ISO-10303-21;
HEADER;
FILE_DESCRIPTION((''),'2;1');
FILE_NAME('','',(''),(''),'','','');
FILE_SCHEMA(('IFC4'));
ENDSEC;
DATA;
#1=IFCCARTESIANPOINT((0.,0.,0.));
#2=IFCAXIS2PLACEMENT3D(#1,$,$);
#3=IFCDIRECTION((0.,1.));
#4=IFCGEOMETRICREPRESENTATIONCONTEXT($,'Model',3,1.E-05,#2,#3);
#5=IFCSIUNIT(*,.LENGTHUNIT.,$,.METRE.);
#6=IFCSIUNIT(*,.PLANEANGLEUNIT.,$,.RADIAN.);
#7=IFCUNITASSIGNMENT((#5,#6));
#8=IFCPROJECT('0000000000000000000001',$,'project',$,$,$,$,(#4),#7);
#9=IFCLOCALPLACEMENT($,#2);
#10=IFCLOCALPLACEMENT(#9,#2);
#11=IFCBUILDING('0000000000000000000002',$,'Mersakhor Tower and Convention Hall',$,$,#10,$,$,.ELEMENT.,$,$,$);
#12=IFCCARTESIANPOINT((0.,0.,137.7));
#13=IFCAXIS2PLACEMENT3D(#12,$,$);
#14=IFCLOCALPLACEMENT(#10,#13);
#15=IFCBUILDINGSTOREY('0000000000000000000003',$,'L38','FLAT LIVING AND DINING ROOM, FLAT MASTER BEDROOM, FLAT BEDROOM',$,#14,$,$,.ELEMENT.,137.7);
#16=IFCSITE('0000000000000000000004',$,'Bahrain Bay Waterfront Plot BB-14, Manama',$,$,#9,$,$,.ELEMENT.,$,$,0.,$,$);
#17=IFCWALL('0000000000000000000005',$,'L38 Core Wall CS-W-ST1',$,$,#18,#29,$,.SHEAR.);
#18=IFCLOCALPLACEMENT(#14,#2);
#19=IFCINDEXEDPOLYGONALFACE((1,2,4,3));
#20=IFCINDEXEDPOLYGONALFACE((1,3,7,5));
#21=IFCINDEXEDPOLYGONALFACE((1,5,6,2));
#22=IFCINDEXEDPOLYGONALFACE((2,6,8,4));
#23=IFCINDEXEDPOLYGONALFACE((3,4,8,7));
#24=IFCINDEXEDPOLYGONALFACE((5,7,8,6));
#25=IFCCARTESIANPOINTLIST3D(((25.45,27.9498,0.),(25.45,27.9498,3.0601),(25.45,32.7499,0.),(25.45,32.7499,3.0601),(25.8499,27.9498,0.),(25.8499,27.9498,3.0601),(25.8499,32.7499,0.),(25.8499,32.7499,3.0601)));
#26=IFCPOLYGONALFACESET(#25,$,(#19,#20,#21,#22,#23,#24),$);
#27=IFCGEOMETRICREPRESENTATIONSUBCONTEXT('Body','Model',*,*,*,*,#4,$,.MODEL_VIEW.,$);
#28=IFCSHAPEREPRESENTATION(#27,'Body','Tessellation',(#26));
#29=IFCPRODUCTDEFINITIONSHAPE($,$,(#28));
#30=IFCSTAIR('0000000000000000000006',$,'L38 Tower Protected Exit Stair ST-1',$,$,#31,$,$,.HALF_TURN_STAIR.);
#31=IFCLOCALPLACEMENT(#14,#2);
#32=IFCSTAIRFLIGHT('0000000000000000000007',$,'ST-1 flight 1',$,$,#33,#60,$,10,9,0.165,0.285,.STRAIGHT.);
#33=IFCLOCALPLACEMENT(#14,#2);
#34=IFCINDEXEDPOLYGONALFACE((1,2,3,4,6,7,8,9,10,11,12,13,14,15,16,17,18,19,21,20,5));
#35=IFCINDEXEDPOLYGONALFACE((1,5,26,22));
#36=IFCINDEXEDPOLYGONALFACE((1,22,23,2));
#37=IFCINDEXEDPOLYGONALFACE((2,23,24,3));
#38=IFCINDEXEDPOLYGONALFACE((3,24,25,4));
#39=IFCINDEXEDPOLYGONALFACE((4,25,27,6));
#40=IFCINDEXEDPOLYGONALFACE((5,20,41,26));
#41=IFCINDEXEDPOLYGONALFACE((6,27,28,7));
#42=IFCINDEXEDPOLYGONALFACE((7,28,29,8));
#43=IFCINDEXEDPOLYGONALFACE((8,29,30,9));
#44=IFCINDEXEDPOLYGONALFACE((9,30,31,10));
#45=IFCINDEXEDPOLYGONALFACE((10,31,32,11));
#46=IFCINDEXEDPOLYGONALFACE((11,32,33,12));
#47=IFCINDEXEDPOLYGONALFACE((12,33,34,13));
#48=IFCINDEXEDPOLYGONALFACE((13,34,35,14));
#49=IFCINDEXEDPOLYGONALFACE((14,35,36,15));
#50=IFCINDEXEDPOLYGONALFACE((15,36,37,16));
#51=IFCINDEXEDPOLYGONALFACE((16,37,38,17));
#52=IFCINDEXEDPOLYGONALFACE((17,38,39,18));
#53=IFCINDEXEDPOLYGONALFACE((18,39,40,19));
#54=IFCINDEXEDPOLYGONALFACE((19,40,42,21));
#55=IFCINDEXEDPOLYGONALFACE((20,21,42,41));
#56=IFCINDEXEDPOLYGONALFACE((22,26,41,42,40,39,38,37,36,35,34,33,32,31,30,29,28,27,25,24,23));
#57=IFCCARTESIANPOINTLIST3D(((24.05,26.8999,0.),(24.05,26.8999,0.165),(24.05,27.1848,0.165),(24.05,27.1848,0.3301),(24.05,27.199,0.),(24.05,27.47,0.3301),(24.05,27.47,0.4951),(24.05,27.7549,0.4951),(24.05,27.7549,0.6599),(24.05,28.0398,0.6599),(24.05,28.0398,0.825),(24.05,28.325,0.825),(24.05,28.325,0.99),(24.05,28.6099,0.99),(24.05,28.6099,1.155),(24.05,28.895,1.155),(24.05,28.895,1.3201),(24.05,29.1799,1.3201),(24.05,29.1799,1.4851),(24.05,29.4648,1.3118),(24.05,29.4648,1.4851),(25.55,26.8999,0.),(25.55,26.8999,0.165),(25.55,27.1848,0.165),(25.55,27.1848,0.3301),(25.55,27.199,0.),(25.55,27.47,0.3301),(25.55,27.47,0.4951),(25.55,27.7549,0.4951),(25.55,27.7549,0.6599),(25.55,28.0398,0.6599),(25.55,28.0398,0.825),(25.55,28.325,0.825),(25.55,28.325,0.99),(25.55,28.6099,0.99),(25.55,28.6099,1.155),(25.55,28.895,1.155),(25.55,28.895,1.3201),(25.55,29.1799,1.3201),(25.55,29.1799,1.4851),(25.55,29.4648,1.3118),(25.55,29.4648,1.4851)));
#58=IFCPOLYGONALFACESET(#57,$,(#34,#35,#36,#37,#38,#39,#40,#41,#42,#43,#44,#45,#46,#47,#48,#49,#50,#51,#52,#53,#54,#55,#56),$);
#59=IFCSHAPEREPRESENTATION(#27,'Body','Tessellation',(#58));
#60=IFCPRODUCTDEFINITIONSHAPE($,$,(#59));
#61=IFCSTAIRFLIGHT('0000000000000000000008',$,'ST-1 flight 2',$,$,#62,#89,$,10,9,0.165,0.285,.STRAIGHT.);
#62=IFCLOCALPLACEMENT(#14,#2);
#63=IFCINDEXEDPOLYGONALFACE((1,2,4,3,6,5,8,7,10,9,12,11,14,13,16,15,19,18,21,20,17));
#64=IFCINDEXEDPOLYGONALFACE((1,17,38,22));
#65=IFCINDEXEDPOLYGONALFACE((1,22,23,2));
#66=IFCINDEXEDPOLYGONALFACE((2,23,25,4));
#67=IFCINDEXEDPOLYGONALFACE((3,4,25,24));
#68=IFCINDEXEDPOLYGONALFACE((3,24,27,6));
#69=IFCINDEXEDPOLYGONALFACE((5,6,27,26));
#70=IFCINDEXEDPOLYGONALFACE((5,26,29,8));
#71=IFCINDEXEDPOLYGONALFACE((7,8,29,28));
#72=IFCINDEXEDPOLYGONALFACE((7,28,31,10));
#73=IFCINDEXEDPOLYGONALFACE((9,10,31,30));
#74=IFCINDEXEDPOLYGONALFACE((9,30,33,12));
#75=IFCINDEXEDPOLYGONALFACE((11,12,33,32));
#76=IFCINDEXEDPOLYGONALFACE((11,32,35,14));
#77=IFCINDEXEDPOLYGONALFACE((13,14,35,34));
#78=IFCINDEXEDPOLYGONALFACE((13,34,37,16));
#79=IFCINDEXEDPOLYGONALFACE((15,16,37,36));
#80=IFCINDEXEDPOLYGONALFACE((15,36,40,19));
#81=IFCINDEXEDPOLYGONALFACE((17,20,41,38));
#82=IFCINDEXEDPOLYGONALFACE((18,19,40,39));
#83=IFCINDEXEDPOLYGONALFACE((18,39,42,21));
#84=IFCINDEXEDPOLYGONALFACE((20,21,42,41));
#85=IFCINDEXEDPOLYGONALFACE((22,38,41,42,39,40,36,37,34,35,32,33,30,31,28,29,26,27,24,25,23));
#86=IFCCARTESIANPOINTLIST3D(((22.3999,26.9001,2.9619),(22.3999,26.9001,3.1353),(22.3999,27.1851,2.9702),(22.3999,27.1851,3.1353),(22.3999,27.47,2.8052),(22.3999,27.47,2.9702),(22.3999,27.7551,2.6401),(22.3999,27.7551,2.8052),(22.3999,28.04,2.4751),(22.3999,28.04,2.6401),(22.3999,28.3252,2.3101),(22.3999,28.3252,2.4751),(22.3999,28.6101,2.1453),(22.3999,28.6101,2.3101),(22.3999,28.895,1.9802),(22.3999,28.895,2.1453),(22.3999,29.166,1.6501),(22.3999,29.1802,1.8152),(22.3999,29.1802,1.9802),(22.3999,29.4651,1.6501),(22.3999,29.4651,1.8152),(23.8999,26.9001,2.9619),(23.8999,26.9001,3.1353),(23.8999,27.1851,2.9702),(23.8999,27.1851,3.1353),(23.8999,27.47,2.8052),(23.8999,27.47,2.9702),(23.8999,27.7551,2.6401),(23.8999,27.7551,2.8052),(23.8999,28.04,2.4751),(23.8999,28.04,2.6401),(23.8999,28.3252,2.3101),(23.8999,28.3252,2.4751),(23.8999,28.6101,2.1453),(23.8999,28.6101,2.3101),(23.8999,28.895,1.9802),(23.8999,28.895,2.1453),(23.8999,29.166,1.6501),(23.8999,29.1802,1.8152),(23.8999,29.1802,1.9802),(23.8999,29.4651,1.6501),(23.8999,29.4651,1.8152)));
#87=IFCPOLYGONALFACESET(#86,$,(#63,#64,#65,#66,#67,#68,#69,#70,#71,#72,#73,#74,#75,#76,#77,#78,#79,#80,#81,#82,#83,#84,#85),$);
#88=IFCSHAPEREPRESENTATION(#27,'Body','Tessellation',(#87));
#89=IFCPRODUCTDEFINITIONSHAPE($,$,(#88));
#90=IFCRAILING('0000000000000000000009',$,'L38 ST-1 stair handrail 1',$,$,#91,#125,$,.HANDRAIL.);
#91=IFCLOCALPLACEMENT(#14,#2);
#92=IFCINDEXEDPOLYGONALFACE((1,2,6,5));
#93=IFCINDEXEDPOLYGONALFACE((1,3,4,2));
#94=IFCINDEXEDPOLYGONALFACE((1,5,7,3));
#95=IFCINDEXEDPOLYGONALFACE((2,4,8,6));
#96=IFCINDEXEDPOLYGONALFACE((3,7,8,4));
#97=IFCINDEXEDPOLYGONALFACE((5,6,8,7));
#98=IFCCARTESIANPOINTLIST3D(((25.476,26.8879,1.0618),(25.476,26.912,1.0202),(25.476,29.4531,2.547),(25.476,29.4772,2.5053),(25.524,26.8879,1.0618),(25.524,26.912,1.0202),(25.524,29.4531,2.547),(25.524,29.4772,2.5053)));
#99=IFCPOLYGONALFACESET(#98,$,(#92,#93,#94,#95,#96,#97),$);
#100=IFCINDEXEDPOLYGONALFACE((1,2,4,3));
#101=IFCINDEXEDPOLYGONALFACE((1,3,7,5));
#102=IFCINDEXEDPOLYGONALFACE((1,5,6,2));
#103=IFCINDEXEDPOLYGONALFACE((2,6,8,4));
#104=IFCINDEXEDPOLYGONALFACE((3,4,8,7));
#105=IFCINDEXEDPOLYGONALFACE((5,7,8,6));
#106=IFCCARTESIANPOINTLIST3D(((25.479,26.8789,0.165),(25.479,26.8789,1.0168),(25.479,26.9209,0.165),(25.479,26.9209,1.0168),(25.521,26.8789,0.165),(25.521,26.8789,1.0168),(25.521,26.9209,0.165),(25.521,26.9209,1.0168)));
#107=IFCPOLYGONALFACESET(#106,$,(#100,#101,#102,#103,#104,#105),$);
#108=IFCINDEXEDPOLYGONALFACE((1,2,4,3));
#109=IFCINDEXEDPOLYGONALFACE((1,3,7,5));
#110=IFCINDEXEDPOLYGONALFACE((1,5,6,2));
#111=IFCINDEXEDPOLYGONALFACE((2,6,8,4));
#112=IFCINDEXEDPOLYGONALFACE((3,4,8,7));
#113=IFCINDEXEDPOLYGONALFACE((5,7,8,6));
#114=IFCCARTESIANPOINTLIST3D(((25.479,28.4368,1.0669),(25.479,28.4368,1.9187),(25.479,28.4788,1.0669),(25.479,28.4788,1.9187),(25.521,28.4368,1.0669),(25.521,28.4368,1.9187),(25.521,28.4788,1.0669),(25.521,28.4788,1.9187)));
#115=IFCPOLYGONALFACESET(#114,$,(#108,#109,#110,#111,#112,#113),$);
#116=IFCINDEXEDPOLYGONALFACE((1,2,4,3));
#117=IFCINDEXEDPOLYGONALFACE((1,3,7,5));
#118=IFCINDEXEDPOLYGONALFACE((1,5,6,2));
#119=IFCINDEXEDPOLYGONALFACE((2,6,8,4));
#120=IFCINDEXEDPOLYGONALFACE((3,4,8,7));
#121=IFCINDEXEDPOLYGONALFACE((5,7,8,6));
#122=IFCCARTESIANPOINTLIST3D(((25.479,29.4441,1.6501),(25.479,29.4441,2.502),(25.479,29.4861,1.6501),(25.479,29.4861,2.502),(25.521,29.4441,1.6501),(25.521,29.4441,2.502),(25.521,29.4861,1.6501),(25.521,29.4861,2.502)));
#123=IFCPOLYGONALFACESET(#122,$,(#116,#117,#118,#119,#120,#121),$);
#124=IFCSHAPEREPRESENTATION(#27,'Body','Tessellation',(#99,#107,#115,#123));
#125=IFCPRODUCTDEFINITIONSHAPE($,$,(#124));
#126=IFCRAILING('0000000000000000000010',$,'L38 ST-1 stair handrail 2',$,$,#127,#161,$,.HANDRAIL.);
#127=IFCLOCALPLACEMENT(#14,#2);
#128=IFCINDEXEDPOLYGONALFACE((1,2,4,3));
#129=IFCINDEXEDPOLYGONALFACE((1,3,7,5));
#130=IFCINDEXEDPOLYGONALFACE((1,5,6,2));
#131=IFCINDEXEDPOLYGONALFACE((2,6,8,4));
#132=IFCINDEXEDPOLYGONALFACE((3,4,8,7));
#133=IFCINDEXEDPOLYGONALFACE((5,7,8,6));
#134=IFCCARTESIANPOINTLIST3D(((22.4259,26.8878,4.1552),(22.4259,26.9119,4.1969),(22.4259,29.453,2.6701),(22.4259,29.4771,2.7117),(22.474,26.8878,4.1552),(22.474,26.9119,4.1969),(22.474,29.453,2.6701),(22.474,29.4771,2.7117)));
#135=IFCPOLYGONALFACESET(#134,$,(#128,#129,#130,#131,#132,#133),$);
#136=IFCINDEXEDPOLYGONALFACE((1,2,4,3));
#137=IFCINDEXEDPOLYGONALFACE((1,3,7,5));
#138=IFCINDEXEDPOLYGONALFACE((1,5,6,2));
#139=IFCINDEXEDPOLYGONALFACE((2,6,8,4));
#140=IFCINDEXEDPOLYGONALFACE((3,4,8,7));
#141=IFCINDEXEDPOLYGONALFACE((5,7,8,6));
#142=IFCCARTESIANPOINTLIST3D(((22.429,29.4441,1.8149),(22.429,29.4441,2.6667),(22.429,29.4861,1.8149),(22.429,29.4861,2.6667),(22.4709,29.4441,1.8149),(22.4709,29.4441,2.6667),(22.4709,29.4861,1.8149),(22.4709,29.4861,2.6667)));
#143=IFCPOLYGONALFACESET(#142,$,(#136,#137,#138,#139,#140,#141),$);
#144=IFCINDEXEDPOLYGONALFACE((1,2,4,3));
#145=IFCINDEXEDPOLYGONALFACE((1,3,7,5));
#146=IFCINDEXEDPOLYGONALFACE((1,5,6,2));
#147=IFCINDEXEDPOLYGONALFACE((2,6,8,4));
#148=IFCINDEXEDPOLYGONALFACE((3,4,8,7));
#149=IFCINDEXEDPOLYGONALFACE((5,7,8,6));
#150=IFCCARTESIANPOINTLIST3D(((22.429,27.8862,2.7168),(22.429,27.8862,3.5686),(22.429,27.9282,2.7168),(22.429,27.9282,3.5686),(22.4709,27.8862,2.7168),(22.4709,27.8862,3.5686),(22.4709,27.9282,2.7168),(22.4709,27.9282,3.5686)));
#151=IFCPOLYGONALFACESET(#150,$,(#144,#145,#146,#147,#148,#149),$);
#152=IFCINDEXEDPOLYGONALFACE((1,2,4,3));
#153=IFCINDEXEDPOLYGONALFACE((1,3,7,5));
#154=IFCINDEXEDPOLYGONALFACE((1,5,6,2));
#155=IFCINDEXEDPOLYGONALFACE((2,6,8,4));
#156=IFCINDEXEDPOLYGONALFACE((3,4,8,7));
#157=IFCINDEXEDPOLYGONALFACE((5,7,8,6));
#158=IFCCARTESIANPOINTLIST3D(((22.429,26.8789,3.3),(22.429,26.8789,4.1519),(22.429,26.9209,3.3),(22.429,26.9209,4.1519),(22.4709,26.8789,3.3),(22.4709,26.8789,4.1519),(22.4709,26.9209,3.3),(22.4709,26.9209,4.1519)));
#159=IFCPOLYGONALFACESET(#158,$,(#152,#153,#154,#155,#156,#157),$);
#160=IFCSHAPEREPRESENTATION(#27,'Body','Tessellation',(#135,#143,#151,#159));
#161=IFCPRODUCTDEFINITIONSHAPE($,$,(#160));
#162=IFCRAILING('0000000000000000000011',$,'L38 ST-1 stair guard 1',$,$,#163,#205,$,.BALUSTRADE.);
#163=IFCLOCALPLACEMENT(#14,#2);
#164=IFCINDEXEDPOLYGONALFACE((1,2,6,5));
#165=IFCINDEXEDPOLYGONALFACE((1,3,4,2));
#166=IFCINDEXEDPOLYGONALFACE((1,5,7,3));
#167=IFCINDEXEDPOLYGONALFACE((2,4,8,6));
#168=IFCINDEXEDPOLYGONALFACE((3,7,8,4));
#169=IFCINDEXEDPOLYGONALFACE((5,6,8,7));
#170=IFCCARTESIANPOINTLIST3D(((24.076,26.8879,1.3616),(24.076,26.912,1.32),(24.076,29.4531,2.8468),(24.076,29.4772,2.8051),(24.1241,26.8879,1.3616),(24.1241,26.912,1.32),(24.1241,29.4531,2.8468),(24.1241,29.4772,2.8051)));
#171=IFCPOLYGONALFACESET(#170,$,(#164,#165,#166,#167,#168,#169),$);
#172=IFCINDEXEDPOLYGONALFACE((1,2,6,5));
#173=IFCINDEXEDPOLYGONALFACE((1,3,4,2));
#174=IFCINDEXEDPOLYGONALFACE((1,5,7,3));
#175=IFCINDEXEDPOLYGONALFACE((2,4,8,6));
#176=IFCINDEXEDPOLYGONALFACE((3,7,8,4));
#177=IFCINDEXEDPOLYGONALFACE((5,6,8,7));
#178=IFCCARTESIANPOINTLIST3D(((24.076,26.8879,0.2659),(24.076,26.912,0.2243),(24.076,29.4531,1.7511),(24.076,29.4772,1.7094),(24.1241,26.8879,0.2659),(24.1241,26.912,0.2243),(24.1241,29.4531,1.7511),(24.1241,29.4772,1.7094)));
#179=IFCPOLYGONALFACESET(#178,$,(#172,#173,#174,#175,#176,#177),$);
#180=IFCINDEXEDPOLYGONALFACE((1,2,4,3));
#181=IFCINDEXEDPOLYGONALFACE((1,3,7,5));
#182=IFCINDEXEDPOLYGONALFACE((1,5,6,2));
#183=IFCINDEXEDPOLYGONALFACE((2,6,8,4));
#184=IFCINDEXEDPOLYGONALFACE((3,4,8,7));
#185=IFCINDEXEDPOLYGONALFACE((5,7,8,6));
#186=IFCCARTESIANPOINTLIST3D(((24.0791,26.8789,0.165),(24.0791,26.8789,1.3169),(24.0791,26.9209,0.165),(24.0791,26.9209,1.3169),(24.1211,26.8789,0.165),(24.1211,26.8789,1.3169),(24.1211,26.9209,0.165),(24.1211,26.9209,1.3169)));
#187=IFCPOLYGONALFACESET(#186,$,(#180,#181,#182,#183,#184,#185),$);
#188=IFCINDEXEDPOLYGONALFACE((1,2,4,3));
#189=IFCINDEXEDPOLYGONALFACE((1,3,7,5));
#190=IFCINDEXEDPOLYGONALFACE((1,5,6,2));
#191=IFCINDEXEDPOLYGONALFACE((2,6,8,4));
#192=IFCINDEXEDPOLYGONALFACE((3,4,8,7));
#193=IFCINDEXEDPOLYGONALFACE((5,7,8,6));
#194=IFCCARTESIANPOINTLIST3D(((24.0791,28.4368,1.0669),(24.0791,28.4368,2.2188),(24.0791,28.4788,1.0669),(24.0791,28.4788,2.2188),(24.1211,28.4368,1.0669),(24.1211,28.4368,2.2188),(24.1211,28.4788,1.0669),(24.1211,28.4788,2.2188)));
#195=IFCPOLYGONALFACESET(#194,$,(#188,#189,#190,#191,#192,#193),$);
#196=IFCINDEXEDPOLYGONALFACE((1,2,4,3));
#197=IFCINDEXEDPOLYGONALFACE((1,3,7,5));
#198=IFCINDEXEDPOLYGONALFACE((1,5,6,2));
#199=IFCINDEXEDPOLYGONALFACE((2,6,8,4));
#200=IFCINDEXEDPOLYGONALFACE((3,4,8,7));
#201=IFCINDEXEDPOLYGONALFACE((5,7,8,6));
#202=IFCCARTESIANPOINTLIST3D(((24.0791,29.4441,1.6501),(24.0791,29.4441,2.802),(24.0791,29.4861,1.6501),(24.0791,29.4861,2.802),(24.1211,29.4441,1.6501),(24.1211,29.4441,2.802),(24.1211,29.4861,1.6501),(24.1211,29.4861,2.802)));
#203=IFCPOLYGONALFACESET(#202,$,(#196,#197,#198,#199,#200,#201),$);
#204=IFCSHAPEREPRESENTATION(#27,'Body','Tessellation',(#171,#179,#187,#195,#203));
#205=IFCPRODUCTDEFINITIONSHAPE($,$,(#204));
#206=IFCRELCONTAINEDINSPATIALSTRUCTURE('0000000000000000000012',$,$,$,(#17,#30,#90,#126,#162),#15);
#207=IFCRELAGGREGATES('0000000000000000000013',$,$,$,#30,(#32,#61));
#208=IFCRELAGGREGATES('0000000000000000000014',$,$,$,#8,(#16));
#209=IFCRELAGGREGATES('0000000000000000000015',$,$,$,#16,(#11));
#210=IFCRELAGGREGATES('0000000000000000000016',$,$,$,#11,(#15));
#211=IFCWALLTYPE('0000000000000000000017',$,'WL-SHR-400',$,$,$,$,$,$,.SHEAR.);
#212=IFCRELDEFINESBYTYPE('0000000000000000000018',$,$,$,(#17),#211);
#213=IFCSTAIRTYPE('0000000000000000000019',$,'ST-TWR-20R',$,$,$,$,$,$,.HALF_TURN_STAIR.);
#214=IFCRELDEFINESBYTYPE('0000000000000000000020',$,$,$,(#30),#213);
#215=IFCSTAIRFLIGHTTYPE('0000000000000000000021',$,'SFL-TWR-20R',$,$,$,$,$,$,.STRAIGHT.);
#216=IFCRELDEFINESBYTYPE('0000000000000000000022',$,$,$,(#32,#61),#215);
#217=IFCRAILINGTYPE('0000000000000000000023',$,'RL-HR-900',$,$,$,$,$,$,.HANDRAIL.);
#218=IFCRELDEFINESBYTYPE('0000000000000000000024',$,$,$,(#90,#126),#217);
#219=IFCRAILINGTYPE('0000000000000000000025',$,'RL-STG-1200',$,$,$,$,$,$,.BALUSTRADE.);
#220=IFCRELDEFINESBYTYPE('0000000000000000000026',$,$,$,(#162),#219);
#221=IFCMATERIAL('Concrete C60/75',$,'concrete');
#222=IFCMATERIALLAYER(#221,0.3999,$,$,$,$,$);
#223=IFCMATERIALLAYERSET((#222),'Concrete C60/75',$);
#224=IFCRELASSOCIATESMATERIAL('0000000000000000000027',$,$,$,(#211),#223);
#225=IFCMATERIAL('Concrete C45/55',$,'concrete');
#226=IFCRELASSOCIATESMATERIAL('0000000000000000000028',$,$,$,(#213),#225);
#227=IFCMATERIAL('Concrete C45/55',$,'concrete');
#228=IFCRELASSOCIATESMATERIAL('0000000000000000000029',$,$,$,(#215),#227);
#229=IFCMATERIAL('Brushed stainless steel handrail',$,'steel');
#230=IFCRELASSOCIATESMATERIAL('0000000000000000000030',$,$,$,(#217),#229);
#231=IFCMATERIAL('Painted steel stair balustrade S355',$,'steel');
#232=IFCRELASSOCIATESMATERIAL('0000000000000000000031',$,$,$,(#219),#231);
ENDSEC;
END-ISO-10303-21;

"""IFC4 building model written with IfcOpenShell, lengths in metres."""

from ifc_helpers import new_model, si_unit, direction, frame, frame_2d, origin, origin_2d, place, context, subcontext, project, spatial, polyline, rectangle, outline, extrude, material, layer, layer_set, type_object, element, aggregate, save


model = new_model("IFC4")

# Units and contexts
model_context = context("Model", 3, precision=1e-05, world=origin(), true_north=direction((0.0, 1.0)))
body_context = subcontext(model_context, "Body", "Model", "MODEL_VIEW")
ifc_project = project(units=[si_unit("LENGTHUNIT", "METRE"), si_unit("PLANEANGLEUNIT", "RADIAN")], contexts=[model_context])

# Site, building, storey
site_placement = place(None, origin())
site = spatial("IfcSite", under=ifc_project, at=site_placement, Name="Bahrain Bay Waterfront Plot BB-14, Manama", CompositionType="ELEMENT", RefElevation=0.0)
building_placement = place(site_placement, origin())
building = spatial("IfcBuilding", under=site, at=building_placement, Name="Mersakhor Tower and Convention Hall", CompositionType="ELEMENT")
storey_placement = place(building_placement, frame((0.0, 0.0, 137.7)))
storey = spatial("IfcBuildingStorey", under=building, at=storey_placement, Name="L38", Description="FLAT LIVING AND DINING ROOM, FLAT MASTER BEDROOM, FLAT BEDROOM", CompositionType="ELEMENT", Elevation=137.7)

# Shared definitions
ifc_material_1 = material(Name="Concrete C60/75", Category="concrete")
ifc_layer_1 = layer(ifc_material_1, 0.3999)
ifc_layer_set_1 = layer_set([ifc_layer_1], Name="Concrete C60/75")
wall_type_1 = type_object("IfcWallType", Name="WL-SHR-400", PredefinedType="SHEAR", material=ifc_layer_set_1)

# Wall
wall_1_placement = place(storey_placement, frame((25.6499, 27.95, 0.0), z_axis=(0.0, 0.0, 1.0), x_axis=(0.0, 1.0, 0.0)))
element("IfcWall", 1, at=wall_1_placement, inside=storey, type_object=wall_type_1, Name="L38 Core Wall CS-W-ST1", PredefinedType="SHEAR", context=body_context, shape_type="SweptSolid", body=[
    extrude(rectangle(XDim=4.8, YDim=0.3999, at=frame_2d((2.3999, 0.0))), origin(), (0.0, 0.0, 1.0), 3.0601),
])

# Stair, stair flights
ifc_material_2 = material(Name="Concrete C45/55", Category="concrete")
stair_type = type_object("IfcStairType", Name="ST-TWR-20R", PredefinedType="HALF_TURN_STAIR", material=ifc_material_2)
stair_placement = place(storey_placement, origin())
stair = element("IfcStair", 2, at=stair_placement, inside=storey, type_object=stair_type, Name="L38 Tower Protected Exit Stair ST-1", PredefinedType="HALF_TURN_STAIR")
ifc_material_3 = material(Name="Concrete C45/55", Category="concrete")
stair_flight_type = type_object("IfcStairFlightType", Name="SFL-TWR-20R", PredefinedType="STRAIGHT", material=ifc_material_3)
stair_flight_1_placement = place(storey_placement, frame((24.8, 26.8999, 0.0), z_axis=(0.0, 0.0, 1.0), x_axis=(0.0, 1.0, 0.0)))
stair_flight_1 = element("IfcStairFlight", 3, at=stair_flight_1_placement, type_object=stair_flight_type, Name="ST-1 flight 1", NumberOfRisers=10, NumberOfTreads=9, PredefinedType="STRAIGHT", RiserHeight=0.165, TreadLength=0.285, context=body_context, shape_type="SweptSolid", body=[
    extrude(outline(polyline([(0.0, 0.0), (0.0, 0.165), (0.2849, 0.165), (0.2849, 0.3301), (0.5701, 0.3301), (0.5701, 0.4951), (0.855, 0.4951), (0.855, 0.6599), (1.1399, 0.6599), (1.1399, 0.825), (1.425, 0.825), (1.425, 0.99), (1.71, 0.99), (1.71, 1.155), (1.9951, 1.155), (1.9951, 1.3201), (2.28, 1.3201), (2.28, 1.4851), (2.5649, 1.4851), (2.5649, 1.6499), (2.5649, 1.3118), (0.2991, 0.0), (0.0, 0.0)])), frame((0.0, 0.75, 0.0), z_axis=(0.0, -1.0, 0.0), x_axis=(1.0, 0.0, 0.0)), (0.0, 0.0, 1.0), 1.5),
])
stair_flight_2_placement = place(storey_placement, frame((23.1499, 29.4651, 1.6501), z_axis=(0.0, 0.0, 1.0), x_axis=(0.0, -1.0, 0.0)))
stair_flight_2 = element("IfcStairFlight", 4, at=stair_flight_2_placement, type_object=stair_flight_type, Name="ST-1 flight 2", NumberOfRisers=10, NumberOfTreads=9, PredefinedType="STRAIGHT", RiserHeight=0.165, TreadLength=0.285, context=body_context, shape_type="SweptSolid", body=[
    extrude(outline(polyline([(0.0, 0.0), (0.0, 0.165), (0.2849, 0.165), (0.2849, 0.3301), (0.5701, 0.3301), (0.5701, 0.4951), (0.855, 0.4951), (0.855, 0.6599), (1.1399, 0.6599), (1.1399, 0.825), (1.425, 0.825), (1.425, 0.99), (1.71, 0.99), (1.71, 1.155), (1.9951, 1.155), (1.9951, 1.3201), (2.28, 1.3201), (2.28, 1.4851), (2.5649, 1.4851), (2.5649, 1.6499), (2.5649, 1.3118), (0.2991, 0.0), (0.0, 0.0)])), frame((0.0, 0.75, 0.0), z_axis=(0.0, -1.0, 0.0), x_axis=(1.0, 0.0, 0.0)), (0.0, 0.0, 1.0), 1.5),
])
aggregate(stair, [stair_flight_1, stair_flight_2])

# Railings
ifc_material_4 = material(Name="Brushed stainless steel handrail", Category="steel")
railing_type_1 = type_object("IfcRailingType", Name="RL-HR-900", PredefinedType="HANDRAIL", material=ifc_material_4)
railing_1_placement = place(storey_placement, frame((25.5, 26.8999, 0.165)))
element("IfcRailing", 5, at=railing_1_placement, inside=storey, type_object=railing_type_1, Name="L38 ST-1 stair handrail 1", PredefinedType="HANDRAIL", context=body_context, shape_type="SweptSolid", body=[
    extrude(rectangle(XDim=0.0481, YDim=0.0481, at=origin_2d()), frame((0.0, 0.0, 0.876), z_axis=(0.0, 0.865426, 0.501036), x_axis=(-1.0, 0.0, 0.0)), (0.0, 0.0, 1.0), 2.9641),
    extrude(rectangle(XDim=0.042, YDim=0.042, at=origin_2d()), origin(), (0.0, 0.0, 1.0), 0.8518),
    extrude(rectangle(XDim=0.042, YDim=0.042, at=origin_2d()), frame((0.0, 1.5579, 0.9019)), (0.0, 0.0, 1.0), 0.8518),
    extrude(rectangle(XDim=0.042, YDim=0.042, at=origin_2d()), frame((0.0, 2.5652, 1.4851)), (0.0, 0.0, 1.0), 0.8518),
])
railing_2_placement = place(storey_placement, frame((22.45, 29.4651, 1.8149)))
element("IfcRailing", 6, at=railing_2_placement, inside=storey, type_object=railing_type_1, Name="L38 ST-1 stair handrail 2", PredefinedType="HANDRAIL", context=body_context, shape_type="SweptSolid", body=[
    extrude(rectangle(XDim=0.0481, YDim=0.0481, at=origin_2d()), frame((0.0, 0.0, 0.876), z_axis=(0.0, -0.865426, 0.501036), x_axis=(1.0, 0.0, 0.0)), (0.0, 0.0, 1.0), 2.9641),
    extrude(rectangle(XDim=0.042, YDim=0.042, at=origin_2d()), origin(), (0.0, 0.0, 1.0), 0.8518),
    extrude(rectangle(XDim=0.042, YDim=0.042, at=origin_2d()), frame((0.0, -1.5579, 0.9019)), (0.0, 0.0, 1.0), 0.8518),
    extrude(rectangle(XDim=0.042, YDim=0.042, at=origin_2d()), frame((0.0, -2.5652, 1.4851)), (0.0, 0.0, 1.0), 0.8518),
])
ifc_material_5 = material(Name="Painted steel stair balustrade S355", Category="steel")
railing_type_2 = type_object("IfcRailingType", Name="RL-STG-1200", PredefinedType="BALUSTRADE", material=ifc_material_5)
railing_3_placement = place(storey_placement, frame((24.1001, 26.8999, 0.165)))
element("IfcRailing", 7, at=railing_3_placement, inside=storey, type_object=railing_type_2, Name="L38 ST-1 stair guard 1", PredefinedType="BALUSTRADE", context=body_context, shape_type="SweptSolid", body=[
    extrude(rectangle(XDim=0.0481, YDim=0.0481, at=origin_2d()), frame((0.0, 0.0, 1.1758), z_axis=(0.0, 0.865426, 0.501036), x_axis=(-1.0, 0.0, 0.0)), (0.0, 0.0, 1.0), 2.9641),
    extrude(rectangle(XDim=0.0481, YDim=0.0481, at=origin_2d()), frame((0.0, 0.0, 0.0801), z_axis=(0.0, 0.865426, 0.501036), x_axis=(-1.0, 0.0, 0.0)), (0.0, 0.0, 1.0), 2.9641),
    extrude(rectangle(XDim=0.042, YDim=0.042, at=origin_2d()), origin(), (0.0, 0.0, 1.0), 1.1519),
    extrude(rectangle(XDim=0.042, YDim=0.042, at=origin_2d()), frame((0.0, 1.5579, 0.9019)), (0.0, 0.0, 1.0), 1.1519),
    extrude(rectangle(XDim=0.042, YDim=0.042, at=origin_2d()), frame((0.0, 2.5652, 1.4851)), (0.0, 0.0, 1.0), 1.1519),
])

save(model, "model.ifc")
